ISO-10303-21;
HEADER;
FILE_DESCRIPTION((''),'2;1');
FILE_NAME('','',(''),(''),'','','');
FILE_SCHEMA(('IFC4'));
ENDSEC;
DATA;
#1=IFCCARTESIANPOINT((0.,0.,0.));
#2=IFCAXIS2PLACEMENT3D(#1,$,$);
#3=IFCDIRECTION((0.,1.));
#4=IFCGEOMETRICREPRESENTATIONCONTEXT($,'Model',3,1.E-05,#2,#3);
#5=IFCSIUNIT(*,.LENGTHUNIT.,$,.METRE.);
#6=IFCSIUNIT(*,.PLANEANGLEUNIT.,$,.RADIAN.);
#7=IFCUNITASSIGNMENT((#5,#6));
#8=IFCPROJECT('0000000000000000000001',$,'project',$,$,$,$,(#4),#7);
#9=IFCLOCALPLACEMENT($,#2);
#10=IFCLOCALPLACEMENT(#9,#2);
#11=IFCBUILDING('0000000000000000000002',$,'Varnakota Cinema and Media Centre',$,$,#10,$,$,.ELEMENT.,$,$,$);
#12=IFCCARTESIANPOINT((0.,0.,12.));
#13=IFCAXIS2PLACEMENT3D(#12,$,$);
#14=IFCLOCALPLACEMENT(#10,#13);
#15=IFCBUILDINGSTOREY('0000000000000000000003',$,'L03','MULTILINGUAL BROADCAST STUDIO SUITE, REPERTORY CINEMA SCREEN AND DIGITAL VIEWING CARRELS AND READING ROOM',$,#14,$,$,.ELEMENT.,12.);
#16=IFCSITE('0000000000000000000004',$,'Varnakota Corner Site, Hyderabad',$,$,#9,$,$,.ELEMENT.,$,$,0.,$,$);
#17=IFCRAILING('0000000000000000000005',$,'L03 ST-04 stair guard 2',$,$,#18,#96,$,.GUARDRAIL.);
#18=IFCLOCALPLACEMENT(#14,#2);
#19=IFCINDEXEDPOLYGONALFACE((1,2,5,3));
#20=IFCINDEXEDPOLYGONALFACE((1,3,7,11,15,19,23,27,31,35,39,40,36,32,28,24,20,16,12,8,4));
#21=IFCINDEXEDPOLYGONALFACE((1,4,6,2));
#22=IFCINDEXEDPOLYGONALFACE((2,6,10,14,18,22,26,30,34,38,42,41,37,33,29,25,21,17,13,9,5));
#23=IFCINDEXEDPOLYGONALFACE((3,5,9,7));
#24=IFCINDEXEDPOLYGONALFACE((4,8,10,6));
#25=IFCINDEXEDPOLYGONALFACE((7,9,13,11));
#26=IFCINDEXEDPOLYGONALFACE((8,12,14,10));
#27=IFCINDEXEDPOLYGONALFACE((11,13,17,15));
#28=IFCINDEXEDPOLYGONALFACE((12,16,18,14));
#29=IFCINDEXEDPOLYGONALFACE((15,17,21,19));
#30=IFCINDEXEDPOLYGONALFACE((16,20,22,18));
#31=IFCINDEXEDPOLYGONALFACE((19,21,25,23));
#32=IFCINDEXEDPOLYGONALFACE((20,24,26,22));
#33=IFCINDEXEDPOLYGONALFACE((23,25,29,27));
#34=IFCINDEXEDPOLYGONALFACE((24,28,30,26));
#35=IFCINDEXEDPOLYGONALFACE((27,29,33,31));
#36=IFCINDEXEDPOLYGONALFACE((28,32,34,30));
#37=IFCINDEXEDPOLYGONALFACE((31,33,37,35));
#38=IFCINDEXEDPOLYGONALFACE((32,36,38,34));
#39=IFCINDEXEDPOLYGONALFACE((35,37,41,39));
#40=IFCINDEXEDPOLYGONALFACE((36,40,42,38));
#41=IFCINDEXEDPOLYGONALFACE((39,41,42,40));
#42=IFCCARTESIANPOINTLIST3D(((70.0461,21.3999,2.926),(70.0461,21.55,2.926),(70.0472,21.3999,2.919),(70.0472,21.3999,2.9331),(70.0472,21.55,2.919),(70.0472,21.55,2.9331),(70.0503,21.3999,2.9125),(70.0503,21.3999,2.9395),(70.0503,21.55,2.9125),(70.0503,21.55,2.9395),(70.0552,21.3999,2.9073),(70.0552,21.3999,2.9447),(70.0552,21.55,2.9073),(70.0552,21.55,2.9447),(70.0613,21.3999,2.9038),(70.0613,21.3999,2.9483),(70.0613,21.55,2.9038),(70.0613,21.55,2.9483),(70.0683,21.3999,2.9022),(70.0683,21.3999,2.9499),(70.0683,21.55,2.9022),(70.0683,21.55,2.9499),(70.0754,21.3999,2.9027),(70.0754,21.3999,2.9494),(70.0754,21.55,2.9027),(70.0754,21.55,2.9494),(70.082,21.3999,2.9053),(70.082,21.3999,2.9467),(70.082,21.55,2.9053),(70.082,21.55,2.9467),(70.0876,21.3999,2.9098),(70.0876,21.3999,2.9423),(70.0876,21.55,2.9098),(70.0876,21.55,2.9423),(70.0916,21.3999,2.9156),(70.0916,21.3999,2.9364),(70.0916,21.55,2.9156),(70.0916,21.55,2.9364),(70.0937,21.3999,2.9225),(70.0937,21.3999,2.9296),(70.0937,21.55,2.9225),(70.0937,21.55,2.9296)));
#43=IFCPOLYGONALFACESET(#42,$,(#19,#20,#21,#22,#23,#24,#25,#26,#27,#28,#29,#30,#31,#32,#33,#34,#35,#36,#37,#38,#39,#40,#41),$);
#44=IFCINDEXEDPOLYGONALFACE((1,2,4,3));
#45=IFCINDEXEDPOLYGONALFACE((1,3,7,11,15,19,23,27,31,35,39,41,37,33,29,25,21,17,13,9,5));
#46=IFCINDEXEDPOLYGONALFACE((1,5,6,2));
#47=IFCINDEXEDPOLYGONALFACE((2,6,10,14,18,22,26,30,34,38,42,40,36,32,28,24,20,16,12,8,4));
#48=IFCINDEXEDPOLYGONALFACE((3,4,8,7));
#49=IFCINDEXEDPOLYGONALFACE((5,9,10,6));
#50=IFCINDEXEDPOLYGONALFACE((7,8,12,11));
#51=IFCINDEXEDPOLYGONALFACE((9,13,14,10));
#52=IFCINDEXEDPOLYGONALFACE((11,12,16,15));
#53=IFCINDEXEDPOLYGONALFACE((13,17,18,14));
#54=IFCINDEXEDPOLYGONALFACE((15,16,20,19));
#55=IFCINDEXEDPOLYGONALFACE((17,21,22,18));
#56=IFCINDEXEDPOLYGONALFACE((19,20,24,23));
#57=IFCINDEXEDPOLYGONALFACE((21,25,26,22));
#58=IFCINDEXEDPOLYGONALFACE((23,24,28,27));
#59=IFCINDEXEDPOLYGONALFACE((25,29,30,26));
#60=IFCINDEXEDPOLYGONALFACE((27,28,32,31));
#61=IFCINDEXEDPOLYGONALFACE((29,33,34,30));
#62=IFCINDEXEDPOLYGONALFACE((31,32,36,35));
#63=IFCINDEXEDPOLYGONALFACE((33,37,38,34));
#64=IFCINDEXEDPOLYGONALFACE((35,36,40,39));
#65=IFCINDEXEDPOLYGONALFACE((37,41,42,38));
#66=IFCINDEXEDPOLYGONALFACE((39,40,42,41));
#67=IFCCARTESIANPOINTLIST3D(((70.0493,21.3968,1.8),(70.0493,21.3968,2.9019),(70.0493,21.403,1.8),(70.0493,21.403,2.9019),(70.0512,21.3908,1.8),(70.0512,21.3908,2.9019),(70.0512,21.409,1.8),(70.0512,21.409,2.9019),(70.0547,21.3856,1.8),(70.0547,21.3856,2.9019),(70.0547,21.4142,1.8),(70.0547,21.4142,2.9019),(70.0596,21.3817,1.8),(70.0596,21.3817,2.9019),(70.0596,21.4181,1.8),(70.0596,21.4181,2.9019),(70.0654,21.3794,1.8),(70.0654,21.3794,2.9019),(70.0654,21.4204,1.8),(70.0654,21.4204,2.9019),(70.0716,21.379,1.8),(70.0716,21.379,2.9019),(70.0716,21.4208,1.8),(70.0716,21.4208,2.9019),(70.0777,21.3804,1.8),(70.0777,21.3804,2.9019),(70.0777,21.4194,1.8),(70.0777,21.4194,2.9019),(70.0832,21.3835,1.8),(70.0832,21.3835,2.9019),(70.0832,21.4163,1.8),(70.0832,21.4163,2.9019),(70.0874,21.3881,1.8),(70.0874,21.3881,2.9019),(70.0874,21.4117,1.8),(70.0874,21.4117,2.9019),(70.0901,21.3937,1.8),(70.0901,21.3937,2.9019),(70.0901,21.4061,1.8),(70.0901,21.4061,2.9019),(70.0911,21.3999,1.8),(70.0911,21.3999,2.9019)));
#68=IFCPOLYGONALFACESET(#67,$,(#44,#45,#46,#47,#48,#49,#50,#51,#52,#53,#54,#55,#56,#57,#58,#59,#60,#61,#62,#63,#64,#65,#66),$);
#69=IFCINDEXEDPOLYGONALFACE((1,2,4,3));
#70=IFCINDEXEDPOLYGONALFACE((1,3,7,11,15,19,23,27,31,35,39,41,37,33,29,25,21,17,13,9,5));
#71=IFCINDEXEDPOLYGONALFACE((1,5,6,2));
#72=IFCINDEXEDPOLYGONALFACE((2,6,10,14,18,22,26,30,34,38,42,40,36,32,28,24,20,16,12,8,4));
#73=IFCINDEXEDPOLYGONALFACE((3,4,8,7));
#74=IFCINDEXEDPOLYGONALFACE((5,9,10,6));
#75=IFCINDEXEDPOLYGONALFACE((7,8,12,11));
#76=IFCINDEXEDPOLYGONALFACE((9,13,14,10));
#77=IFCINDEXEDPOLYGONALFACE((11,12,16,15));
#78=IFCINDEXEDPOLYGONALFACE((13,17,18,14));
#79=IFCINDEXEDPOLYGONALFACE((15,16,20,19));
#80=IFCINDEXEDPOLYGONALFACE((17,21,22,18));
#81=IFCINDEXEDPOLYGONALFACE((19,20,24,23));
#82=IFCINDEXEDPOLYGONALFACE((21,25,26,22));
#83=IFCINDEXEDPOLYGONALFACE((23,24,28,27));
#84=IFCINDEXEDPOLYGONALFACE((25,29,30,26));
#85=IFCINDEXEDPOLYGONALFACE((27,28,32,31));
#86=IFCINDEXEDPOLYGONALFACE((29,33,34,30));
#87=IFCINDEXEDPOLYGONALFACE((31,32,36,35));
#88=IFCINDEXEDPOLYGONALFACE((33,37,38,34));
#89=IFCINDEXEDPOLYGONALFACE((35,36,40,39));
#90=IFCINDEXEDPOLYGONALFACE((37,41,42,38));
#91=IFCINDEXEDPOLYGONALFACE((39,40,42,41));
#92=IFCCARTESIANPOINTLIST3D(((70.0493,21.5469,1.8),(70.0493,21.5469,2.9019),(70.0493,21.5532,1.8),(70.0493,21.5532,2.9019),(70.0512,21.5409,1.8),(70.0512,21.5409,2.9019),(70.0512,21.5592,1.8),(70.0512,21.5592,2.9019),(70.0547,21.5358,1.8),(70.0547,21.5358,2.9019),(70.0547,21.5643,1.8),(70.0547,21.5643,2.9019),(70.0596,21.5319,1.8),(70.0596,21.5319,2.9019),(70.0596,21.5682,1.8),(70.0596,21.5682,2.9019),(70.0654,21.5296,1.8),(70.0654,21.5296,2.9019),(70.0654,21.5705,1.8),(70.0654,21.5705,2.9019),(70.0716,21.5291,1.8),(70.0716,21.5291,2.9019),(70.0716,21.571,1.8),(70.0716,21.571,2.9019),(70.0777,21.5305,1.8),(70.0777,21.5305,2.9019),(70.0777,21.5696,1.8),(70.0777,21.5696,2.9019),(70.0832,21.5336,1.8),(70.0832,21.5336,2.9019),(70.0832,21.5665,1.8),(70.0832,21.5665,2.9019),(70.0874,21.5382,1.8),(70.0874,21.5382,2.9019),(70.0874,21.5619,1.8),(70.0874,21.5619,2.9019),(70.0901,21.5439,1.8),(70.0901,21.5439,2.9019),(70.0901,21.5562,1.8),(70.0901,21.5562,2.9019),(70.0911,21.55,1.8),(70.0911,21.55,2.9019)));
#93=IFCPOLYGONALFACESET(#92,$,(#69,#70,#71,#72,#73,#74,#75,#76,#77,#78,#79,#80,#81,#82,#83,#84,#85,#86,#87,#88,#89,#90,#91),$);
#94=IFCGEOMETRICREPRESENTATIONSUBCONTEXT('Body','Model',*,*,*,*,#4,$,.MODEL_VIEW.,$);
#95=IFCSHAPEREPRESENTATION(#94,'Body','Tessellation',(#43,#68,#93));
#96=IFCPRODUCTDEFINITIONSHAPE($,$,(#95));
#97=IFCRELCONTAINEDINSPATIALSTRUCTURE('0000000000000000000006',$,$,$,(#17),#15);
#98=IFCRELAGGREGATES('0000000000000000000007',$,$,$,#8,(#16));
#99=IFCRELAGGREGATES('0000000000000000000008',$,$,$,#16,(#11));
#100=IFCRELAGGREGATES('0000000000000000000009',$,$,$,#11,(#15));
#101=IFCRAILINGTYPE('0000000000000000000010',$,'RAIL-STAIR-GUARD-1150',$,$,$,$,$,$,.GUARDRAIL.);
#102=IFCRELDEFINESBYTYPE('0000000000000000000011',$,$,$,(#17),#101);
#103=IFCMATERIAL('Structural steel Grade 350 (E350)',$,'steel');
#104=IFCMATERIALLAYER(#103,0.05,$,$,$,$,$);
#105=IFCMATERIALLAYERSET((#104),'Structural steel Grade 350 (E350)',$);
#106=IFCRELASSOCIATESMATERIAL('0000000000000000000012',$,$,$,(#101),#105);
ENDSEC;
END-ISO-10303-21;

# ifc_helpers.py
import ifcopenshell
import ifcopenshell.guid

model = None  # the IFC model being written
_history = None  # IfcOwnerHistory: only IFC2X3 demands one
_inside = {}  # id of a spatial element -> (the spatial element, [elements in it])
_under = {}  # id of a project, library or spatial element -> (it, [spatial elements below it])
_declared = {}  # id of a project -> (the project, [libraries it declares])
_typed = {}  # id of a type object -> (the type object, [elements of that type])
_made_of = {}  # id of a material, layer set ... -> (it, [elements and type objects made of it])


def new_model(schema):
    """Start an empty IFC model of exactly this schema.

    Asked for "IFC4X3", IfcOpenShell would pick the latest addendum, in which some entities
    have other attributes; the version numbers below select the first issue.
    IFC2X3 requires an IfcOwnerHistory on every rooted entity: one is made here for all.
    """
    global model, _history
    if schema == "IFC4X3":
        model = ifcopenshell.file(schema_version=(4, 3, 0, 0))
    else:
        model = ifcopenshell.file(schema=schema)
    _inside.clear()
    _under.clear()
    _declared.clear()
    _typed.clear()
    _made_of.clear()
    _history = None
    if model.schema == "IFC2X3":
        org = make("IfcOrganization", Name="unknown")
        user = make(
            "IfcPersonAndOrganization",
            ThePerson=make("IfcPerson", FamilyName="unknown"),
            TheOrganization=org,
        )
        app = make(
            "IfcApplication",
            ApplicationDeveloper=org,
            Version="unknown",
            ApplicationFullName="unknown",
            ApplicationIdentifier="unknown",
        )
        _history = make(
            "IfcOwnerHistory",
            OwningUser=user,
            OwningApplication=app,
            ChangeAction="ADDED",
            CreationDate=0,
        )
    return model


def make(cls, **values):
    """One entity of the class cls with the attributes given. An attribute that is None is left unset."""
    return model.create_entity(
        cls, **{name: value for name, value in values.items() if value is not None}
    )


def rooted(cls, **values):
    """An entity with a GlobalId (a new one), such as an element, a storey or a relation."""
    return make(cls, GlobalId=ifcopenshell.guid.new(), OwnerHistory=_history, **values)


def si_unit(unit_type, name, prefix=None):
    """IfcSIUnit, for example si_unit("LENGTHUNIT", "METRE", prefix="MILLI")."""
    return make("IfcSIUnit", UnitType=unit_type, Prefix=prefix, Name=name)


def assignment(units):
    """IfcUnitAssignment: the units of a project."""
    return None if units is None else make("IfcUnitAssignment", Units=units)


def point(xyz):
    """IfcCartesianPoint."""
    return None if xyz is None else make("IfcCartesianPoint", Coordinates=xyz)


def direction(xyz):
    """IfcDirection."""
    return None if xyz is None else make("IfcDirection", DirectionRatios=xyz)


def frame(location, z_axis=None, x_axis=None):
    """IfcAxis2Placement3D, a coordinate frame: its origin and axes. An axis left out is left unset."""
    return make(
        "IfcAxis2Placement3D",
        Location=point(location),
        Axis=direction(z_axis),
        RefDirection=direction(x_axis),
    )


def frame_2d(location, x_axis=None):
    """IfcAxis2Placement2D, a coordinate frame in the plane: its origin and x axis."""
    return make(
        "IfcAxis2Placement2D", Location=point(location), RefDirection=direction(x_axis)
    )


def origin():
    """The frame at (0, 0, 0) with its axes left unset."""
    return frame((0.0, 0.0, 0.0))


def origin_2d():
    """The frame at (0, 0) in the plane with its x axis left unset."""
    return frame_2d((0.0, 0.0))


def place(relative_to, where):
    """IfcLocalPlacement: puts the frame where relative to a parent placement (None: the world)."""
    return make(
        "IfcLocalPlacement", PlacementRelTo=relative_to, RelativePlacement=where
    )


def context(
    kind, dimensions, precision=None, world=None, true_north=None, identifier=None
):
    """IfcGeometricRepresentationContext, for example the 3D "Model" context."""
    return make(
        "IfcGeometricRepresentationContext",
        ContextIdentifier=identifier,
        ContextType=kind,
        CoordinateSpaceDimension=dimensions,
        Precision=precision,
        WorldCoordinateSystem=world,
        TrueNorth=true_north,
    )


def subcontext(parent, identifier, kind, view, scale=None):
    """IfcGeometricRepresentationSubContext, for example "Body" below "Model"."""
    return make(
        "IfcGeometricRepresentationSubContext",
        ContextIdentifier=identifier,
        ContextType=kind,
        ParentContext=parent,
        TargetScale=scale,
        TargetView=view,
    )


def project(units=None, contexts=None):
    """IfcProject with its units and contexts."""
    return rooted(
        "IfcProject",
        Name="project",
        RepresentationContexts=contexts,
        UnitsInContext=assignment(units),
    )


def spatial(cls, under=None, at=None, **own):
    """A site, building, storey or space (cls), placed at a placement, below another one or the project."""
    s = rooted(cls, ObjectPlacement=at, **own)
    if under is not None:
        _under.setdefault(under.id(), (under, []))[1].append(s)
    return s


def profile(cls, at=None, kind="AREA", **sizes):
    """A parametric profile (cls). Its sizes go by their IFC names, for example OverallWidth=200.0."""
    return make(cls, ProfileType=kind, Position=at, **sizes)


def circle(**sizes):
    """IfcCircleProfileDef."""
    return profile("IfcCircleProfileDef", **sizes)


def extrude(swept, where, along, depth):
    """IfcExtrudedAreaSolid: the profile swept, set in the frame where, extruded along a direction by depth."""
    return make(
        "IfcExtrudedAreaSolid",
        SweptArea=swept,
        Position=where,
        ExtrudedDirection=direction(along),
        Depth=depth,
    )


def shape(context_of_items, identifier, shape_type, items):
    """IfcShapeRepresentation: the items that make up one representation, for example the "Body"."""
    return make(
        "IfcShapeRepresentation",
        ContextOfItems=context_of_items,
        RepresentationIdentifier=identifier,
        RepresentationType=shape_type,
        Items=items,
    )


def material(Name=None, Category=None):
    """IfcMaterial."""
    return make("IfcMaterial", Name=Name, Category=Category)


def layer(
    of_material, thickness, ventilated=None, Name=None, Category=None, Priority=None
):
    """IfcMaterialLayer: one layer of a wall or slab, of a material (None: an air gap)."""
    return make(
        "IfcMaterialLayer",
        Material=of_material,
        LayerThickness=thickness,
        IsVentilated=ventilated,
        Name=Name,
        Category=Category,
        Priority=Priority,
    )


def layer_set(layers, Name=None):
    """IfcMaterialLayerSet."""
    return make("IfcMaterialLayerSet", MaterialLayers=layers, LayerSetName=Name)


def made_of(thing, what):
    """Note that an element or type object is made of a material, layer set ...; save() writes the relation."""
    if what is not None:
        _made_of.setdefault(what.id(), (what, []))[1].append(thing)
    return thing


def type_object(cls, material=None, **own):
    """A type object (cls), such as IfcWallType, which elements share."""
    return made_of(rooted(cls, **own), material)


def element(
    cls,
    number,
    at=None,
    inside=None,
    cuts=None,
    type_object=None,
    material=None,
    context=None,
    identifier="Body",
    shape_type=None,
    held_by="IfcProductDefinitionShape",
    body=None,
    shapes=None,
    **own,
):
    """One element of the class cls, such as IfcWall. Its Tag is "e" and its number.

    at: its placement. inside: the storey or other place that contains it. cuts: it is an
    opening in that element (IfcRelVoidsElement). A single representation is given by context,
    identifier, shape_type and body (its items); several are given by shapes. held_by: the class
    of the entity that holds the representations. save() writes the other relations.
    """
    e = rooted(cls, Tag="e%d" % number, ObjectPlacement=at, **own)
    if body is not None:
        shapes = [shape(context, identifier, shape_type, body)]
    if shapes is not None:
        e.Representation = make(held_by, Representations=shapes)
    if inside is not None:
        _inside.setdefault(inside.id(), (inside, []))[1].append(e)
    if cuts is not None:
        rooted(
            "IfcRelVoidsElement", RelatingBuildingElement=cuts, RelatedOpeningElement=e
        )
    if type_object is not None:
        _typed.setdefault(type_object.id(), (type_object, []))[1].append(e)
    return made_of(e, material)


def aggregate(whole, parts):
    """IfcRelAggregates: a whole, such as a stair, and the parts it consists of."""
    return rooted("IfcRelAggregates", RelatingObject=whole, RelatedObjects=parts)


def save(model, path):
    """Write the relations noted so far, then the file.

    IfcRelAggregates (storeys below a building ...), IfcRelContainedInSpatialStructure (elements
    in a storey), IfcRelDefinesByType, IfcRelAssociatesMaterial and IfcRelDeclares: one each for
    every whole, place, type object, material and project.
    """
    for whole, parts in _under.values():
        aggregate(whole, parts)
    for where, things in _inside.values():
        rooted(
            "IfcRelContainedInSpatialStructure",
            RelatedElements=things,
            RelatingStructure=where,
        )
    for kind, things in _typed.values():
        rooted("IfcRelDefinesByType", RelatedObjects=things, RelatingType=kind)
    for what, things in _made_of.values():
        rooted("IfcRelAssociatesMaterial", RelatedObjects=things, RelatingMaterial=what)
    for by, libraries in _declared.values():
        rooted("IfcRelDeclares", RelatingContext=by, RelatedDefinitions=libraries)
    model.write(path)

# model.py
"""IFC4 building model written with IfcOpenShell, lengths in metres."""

from ifc_helpers import new_model, si_unit, direction, frame, origin, origin_2d, place, context, subcontext, project, spatial, circle, extrude, material, layer, layer_set, type_object, element, save


model = new_model("IFC4")

# Units and contexts
model_context = context("Model", 3, precision=1e-05, world=origin(), true_north=direction((0.0, 1.0)))
body_context = subcontext(model_context, "Body", "Model", "MODEL_VIEW")
ifc_project = project(units=[si_unit("LENGTHUNIT", "METRE"), si_unit("PLANEANGLEUNIT", "RADIAN")], contexts=[model_context])

# Site, building, storey
site_placement = place(None, origin())
site = spatial("IfcSite", under=ifc_project, at=site_placement, Name="Varnakota Corner Site, Hyderabad", CompositionType="ELEMENT", RefElevation=0.0)
building_placement = place(site_placement, origin())
building = spatial("IfcBuilding", under=site, at=building_placement, Name="Varnakota Cinema and Media Centre", CompositionType="ELEMENT")
storey_placement = place(building_placement, frame((0.0, 0.0, 12.0)))
storey = spatial("IfcBuildingStorey", under=building, at=storey_placement, Name="L03", Description="MULTILINGUAL BROADCAST STUDIO SUITE, REPERTORY CINEMA SCREEN AND DIGITAL VIEWING CARRELS AND READING ROOM", CompositionType="ELEMENT", Elevation=12.0)

# Railing
ifc_material_1 = material(Name="Structural steel Grade 350 (E350)", Category="steel")
ifc_layer_1 = layer(ifc_material_1, 0.05)
ifc_layer_set_1 = layer_set([ifc_layer_1], Name="Structural steel Grade 350 (E350)")
railing_type_1 = type_object("IfcRailingType", Name="RAIL-STAIR-GUARD-1150", PredefinedType="GUARDRAIL", material=ifc_layer_set_1)
railing_1_placement = place(storey_placement, frame((70.0701, 21.3999, 1.8)))
element("IfcRailing", 1, at=railing_1_placement, inside=storey, type_object=railing_type_1, Name="L03 ST-04 stair guard 2", PredefinedType="GUARDRAIL", context=body_context, shape_type="SweptSolid", body=[
    extrude(circle(Radius=0.0239, at=origin_2d()), frame((0.0, 0.0, 1.126), z_axis=(0.0, 1.0, 0.0), x_axis=(-1.0, 0.0, 0.0)), (0.0, 0.0, 1.0), 0.1501),
    extrude(circle(Radius=0.021, at=origin_2d()), origin(), (0.0, 0.0, 1.0), 1.1018),
    extrude(circle(Radius=0.021, at=origin_2d()), frame((0.0, 0.1501, 0.0)), (0.0, 0.0, 1.0), 1.1018),
])

save(model, "model.ifc")
